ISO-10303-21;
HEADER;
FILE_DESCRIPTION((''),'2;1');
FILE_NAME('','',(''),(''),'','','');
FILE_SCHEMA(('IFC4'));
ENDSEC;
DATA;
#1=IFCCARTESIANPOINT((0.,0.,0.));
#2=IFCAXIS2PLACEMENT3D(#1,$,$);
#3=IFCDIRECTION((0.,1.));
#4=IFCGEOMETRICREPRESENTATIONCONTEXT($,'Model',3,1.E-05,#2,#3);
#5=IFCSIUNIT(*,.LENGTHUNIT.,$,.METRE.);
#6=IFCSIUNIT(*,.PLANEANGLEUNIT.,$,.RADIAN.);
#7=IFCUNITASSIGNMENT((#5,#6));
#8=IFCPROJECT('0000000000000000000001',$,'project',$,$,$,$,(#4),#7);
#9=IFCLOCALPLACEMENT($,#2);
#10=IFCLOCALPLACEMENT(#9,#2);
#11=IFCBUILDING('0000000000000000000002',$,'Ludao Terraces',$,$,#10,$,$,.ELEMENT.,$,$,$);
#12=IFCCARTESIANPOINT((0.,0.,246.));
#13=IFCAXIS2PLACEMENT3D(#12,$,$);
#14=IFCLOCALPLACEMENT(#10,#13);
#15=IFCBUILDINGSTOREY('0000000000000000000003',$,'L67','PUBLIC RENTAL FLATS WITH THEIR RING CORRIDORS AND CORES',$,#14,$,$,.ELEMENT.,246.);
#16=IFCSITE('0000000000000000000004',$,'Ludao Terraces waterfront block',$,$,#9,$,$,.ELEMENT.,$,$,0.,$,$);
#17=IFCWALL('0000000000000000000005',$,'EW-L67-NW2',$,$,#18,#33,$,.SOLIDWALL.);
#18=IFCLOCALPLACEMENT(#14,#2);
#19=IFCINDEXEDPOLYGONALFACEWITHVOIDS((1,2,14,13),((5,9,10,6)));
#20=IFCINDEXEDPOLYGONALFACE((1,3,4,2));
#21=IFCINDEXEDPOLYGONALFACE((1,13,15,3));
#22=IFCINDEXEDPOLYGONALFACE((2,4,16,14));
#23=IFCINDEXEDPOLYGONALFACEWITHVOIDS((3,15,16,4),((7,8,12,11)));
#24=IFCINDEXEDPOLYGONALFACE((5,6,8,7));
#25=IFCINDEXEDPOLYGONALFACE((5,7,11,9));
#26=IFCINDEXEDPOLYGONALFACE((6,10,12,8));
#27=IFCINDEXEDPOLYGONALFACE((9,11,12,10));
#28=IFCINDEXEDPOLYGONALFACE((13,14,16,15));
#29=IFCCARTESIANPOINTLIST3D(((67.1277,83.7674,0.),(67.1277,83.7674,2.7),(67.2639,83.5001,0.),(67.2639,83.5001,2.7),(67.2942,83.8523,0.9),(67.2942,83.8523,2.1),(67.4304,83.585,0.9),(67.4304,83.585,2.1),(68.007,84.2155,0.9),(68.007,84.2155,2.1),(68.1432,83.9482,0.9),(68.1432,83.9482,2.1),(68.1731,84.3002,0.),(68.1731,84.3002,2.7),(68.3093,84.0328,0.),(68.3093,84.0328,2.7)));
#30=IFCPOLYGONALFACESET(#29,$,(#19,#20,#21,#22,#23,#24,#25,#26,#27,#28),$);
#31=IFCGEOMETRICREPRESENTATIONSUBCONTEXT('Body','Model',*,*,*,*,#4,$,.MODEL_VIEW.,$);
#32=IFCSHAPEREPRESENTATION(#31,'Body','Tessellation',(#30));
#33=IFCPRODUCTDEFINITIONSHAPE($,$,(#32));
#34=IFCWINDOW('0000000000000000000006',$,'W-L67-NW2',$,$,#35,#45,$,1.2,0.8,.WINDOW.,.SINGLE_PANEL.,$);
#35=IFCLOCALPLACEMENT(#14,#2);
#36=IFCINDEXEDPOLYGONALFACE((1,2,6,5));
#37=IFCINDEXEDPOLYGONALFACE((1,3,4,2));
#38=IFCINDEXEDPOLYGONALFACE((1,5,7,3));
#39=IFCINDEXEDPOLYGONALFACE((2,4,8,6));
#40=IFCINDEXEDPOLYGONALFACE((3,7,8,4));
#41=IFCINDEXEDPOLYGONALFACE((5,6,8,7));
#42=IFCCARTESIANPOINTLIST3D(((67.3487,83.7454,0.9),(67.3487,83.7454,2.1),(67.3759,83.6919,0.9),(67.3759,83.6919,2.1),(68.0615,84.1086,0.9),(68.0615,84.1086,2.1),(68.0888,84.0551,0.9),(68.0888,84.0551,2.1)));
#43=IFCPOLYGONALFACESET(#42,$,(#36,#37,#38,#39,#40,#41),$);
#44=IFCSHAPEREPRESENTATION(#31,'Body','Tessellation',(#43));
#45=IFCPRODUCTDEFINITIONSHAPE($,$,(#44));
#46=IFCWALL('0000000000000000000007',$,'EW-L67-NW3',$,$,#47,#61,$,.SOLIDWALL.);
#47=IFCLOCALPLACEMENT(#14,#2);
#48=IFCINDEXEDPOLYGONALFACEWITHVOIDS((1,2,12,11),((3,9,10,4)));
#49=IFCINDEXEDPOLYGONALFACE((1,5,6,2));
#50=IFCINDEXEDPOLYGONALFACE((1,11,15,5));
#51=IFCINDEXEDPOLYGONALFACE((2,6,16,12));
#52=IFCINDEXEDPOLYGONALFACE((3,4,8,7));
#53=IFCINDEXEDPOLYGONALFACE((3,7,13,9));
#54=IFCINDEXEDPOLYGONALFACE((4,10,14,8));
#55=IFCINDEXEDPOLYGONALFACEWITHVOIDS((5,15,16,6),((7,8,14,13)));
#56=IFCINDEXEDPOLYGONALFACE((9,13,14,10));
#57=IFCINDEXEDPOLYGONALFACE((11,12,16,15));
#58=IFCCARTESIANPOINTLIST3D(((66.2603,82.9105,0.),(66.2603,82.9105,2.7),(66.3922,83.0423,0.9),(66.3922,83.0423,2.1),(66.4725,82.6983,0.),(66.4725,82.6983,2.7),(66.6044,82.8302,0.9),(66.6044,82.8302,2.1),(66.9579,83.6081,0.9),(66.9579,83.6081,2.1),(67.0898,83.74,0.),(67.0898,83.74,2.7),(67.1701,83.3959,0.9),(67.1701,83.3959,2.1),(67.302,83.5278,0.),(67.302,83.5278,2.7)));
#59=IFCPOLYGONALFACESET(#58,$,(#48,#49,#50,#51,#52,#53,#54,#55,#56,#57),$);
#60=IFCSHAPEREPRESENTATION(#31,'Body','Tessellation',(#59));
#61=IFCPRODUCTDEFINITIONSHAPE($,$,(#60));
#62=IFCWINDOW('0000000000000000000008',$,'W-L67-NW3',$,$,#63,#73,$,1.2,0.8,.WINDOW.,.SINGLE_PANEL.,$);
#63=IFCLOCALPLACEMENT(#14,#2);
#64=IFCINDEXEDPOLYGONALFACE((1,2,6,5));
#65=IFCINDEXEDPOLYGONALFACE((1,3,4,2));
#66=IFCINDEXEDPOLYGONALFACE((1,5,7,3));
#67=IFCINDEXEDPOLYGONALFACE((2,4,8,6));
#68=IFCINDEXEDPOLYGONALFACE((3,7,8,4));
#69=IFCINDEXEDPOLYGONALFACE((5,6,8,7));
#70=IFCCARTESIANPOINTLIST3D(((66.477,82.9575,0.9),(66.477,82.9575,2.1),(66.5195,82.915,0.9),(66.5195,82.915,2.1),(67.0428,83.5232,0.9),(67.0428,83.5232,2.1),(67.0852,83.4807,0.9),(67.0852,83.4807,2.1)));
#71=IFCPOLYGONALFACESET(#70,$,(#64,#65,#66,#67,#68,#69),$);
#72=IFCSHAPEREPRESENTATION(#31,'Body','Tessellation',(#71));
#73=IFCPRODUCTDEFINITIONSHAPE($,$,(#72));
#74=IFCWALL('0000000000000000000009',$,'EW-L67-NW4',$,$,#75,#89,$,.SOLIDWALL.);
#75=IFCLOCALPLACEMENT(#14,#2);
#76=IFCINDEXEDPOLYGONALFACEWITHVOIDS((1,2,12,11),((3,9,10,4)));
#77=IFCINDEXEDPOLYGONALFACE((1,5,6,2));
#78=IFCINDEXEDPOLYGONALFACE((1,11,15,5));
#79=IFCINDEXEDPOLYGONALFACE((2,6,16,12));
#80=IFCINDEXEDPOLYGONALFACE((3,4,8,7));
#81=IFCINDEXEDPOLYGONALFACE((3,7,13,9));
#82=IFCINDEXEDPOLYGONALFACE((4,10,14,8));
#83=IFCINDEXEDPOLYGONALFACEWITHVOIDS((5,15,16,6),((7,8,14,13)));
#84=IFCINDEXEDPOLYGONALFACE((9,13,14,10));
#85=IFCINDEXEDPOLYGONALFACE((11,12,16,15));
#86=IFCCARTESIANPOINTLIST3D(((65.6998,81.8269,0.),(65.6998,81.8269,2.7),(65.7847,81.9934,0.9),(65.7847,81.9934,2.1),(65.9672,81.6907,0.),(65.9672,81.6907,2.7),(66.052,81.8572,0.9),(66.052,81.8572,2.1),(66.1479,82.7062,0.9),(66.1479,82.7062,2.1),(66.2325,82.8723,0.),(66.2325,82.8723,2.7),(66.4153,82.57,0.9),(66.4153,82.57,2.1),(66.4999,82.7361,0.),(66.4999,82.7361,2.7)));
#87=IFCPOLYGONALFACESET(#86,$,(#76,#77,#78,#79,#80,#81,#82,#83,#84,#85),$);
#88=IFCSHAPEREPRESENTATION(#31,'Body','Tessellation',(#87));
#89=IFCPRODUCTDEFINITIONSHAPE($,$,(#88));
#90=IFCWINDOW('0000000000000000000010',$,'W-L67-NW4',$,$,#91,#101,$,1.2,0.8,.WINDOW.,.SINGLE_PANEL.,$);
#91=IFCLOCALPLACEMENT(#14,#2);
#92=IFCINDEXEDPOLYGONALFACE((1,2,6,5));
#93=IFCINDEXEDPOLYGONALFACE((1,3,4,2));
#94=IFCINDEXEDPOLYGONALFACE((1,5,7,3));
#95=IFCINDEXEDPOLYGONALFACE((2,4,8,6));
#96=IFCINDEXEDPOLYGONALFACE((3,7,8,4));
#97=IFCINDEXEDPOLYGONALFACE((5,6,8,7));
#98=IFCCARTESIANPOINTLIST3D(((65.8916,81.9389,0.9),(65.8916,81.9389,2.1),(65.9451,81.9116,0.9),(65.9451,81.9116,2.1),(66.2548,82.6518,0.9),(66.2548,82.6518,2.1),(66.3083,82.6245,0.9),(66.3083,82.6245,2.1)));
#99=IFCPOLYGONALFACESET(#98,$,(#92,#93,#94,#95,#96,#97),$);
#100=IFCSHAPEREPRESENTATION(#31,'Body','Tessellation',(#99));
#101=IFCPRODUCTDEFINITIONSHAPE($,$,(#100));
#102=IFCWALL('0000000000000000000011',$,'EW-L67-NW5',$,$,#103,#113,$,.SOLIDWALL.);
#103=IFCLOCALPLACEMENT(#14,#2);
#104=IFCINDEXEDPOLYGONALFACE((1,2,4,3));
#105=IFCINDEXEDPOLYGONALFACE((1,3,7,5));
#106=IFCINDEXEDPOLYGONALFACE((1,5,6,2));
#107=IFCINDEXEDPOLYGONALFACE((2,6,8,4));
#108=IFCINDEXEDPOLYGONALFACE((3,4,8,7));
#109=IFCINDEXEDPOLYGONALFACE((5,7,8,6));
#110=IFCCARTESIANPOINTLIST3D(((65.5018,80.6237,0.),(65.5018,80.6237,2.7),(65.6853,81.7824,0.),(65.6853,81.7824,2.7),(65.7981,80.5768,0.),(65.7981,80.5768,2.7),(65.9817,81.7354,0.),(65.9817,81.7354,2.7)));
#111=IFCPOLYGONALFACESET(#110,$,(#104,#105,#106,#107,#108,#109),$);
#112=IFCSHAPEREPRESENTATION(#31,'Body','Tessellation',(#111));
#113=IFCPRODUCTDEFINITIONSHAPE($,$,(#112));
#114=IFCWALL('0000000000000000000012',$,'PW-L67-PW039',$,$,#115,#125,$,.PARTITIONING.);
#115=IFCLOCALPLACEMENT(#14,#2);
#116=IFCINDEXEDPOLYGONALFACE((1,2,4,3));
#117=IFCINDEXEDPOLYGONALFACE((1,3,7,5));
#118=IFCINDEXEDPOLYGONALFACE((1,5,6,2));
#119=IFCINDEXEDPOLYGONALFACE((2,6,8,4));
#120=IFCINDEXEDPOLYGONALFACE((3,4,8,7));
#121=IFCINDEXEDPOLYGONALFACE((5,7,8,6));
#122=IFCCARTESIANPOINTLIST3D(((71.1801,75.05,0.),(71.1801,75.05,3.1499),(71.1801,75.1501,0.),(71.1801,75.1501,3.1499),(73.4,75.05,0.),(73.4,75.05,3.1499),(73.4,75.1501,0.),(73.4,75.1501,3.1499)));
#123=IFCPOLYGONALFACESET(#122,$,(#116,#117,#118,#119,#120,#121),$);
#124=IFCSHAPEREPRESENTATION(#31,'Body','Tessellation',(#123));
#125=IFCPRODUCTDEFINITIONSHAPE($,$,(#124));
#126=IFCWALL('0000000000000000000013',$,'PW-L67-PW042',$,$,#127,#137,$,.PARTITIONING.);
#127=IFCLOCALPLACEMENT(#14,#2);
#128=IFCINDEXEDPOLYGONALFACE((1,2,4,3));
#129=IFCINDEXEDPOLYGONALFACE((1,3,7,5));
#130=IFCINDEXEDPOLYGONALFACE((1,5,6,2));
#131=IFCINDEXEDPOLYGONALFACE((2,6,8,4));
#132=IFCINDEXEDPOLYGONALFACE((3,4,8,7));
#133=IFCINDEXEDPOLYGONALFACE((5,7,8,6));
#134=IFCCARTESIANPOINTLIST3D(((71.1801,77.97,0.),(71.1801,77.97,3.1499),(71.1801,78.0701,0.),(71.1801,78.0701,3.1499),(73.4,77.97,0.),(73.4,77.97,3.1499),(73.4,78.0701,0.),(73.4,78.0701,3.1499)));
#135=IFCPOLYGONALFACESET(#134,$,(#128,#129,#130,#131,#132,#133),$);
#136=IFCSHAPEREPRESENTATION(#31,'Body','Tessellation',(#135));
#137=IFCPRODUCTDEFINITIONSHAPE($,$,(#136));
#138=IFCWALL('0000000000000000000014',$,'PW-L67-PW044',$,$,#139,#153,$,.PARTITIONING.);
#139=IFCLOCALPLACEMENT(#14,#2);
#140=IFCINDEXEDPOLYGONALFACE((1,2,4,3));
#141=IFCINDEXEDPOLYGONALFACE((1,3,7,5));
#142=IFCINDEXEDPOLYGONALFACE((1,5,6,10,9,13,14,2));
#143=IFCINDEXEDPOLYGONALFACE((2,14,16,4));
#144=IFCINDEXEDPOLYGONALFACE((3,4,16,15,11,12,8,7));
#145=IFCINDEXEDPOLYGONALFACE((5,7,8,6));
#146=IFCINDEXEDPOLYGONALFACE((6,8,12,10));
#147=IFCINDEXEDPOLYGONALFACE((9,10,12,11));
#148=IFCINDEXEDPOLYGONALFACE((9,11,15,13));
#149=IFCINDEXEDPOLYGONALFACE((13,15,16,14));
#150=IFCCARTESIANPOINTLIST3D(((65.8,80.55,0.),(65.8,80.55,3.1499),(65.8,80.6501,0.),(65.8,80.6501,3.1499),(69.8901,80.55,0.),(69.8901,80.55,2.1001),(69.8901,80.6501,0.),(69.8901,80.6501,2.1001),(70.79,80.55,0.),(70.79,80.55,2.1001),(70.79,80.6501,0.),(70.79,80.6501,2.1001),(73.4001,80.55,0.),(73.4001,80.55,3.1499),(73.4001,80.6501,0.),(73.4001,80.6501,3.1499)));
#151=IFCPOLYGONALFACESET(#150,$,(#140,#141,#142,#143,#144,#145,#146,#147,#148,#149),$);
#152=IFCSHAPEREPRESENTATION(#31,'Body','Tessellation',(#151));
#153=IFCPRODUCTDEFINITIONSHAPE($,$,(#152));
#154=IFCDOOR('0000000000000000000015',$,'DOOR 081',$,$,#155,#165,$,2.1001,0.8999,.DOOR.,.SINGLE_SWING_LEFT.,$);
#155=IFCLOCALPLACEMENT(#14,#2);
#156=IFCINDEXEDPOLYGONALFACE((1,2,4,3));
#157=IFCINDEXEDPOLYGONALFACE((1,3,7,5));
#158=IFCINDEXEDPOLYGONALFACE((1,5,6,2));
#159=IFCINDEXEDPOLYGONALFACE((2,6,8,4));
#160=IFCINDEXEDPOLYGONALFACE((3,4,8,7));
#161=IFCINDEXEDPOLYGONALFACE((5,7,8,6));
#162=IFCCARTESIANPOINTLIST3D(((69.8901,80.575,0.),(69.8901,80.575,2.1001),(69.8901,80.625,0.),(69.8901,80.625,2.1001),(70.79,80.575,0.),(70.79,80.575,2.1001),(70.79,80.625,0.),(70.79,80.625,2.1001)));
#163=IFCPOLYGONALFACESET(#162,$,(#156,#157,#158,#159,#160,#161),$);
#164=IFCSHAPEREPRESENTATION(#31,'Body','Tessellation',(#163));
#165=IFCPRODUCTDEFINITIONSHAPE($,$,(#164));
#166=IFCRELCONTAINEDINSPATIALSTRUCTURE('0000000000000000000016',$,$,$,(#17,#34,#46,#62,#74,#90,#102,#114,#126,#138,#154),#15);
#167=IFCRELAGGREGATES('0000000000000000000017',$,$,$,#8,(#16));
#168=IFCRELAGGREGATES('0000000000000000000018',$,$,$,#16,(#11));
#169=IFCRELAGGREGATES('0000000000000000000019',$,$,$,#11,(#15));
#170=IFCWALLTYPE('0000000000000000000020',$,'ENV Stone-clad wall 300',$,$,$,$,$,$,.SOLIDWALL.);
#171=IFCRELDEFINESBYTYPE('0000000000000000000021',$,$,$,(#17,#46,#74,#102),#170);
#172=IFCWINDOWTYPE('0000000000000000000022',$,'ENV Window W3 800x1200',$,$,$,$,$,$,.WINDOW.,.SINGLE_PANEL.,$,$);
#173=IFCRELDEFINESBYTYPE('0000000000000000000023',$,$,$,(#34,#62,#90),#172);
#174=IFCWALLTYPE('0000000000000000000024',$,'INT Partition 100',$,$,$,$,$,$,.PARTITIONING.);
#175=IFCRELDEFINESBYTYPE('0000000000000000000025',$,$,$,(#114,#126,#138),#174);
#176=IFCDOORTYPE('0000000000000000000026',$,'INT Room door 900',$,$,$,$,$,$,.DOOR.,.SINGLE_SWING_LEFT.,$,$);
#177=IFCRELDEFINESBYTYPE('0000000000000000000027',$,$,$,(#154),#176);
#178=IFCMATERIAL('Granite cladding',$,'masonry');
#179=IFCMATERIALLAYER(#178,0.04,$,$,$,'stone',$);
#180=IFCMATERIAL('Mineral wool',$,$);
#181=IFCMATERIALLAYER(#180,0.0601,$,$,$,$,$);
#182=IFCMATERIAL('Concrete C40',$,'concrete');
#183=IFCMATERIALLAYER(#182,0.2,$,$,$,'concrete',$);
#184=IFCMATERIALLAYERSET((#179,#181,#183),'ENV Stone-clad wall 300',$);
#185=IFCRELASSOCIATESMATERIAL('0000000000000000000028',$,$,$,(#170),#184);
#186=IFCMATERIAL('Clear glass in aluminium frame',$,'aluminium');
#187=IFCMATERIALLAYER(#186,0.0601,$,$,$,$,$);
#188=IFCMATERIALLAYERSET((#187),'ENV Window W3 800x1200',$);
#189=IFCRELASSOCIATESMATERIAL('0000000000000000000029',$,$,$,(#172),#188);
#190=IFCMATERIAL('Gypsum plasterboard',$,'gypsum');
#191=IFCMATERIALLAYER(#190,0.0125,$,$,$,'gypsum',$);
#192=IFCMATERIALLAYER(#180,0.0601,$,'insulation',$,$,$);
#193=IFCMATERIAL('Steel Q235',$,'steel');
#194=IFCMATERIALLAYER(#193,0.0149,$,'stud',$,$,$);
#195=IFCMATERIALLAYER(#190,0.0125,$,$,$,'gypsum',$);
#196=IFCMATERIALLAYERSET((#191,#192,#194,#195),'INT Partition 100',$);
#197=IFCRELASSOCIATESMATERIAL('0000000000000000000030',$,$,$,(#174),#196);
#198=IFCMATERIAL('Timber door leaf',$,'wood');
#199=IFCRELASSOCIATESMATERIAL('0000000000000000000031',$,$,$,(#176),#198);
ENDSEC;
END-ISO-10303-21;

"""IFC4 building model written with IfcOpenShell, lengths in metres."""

from ifc_helpers import new_model, si_unit, direction, frame, frame_2d, origin, place, context, subcontext, project, spatial, rectangle, extrude, material, layer, layer_set, type_object, element, fill, save


model = new_model("IFC4")

# Units and contexts
model_context = context("Model", 3, precision=1e-05, world=origin(), true_north=direction((0.0, 1.0)))
body_context = subcontext(model_context, "Body", "Model", "MODEL_VIEW")
ifc_project = project(units=[si_unit("LENGTHUNIT", "METRE"), si_unit("PLANEANGLEUNIT", "RADIAN")], contexts=[model_context])

# Site, building, storey
site_placement = place(None, origin())
site = spatial("IfcSite", under=ifc_project, at=site_placement, Name="Ludao Terraces waterfront block", CompositionType="ELEMENT", RefElevation=0.0)
building_placement = place(site_placement, origin())
building = spatial("IfcBuilding", under=site, at=building_placement, Name="Ludao Terraces", CompositionType="ELEMENT")
storey_placement = place(building_placement, frame((0.0, 0.0, 246.0)))
storey = spatial("IfcBuildingStorey", under=building, at=storey_placement, Name="L67", Description="PUBLIC RENTAL FLATS WITH THEIR RING CORRIDORS AND CORES", CompositionType="ELEMENT", Elevation=246.0)

# Shared definitions
ifc_material_1 = material(Name="Concrete C40", Category="concrete")

# Shared definitions
ifc_material_2 = material(Name="Granite cladding", Category="masonry")
ifc_layer_1 = layer(ifc_material_2, 0.04, Category="stone")
ifc_material_3 = material(Name="Mineral wool")
ifc_layer_2 = layer(ifc_material_3, 0.0601)
ifc_layer_3 = layer(ifc_material_1, 0.2, Category="concrete")
ifc_layer_set_1 = layer_set([ifc_layer_1, ifc_layer_2, ifc_layer_3], Name="ENV Stone-clad wall 300")
wall_type_1 = type_object("IfcWallType", Name="ENV Stone-clad wall 300", PredefinedType="SOLIDWALL", material=ifc_layer_set_1)
ifc_material_4 = material(Name="Clear glass in aluminium frame", Category="aluminium")

# Walls, openings, windows
wall_1_placement = place(storey_placement, frame((68.2412, 84.1665, 0.0), z_axis=(0.0, 0.0, 1.0), x_axis=(-0.890989, -0.454026, 0.0)))
wall_1 = element("IfcWall", 1, at=wall_1_placement, inside=storey, type_object=wall_type_1, Name="EW-L67-NW2", PredefinedType="SOLIDWALL", context=body_context, shape_type="SweptSolid", body=[
    extrude(rectangle(XDim=1.1733, YDim=0.3, at=frame_2d((0.5867, 0.0))), origin(), (0.0, 0.0, 1.0), 2.7),
])
opening_1_placement = place(wall_1_placement, frame((0.1865, 0.0, 0.8999)))
opening_1 = element("IfcOpeningElement", 2, at=opening_1_placement, cuts=wall_1, PredefinedType="OPENING", context=body_context, shape_type="SweptSolid", body=[
    extrude(rectangle(XDim=0.8, YDim=1.2, at=frame_2d((0.3999, 0.6001))), frame((0.0, 0.1602, 0.0), z_axis=(0.0, -1.0, 0.0), x_axis=(1.0, 0.0, 0.0)), (0.0, 0.0, 1.0), 0.3201),
])
ifc_layer_4 = layer(ifc_material_4, 0.0601)
ifc_layer_set_2 = layer_set([ifc_layer_4], Name="ENV Window W3 800x1200")
window_type_1 = type_object("IfcWindowType", Name="ENV Window W3 800x1200", PartitioningType="SINGLE_PANEL", PredefinedType="WINDOW", material=ifc_layer_set_2)
window_1_placement = place(opening_1_placement, origin())
window_1 = element("IfcWindow", 3, at=window_1_placement, inside=storey, type_object=window_type_1, Name="W-L67-NW2", OverallHeight=1.2, OverallWidth=0.8, PartitioningType="SINGLE_PANEL", PredefinedType="WINDOW", context=body_context, shape_type="SweptSolid", body=[
    extrude(rectangle(XDim=0.8, YDim=1.2, at=frame_2d((0.3999, 0.6001))), frame((0.0, 0.03, 0.0), z_axis=(0.0, -1.0, 0.0), x_axis=(1.0, 0.0, 0.0)), (0.0, 0.0, 1.0), 0.0601),
])
fill(opening_1, window_1)
wall_2_placement = place(storey_placement, frame((67.1958, 83.6338, 0.0), z_axis=(0.0, 0.0, 1.0), x_axis=(-0.707107, -0.707107, 0.0)))
wall_2 = element("IfcWall", 4, at=wall_2_placement, inside=storey, type_object=wall_type_1, Name="EW-L67-NW3", PredefinedType="SOLIDWALL", context=body_context, shape_type="SweptSolid", body=[
    extrude(rectangle(XDim=1.1731, YDim=0.3, at=frame_2d((0.5864, 0.0))), origin(), (0.0, 0.0, 1.0), 2.7),
])
opening_2_placement = place(wall_2_placement, frame((0.1865, 0.0, 0.8999)))
opening_2 = element("IfcOpeningElement", 5, at=opening_2_placement, cuts=wall_2, PredefinedType="OPENING", context=body_context, shape_type="SweptSolid", body=[
    extrude(rectangle(XDim=0.8, YDim=1.2, at=frame_2d((0.3999, 0.6001))), frame((0.0, 0.1602, 0.0), z_axis=(0.0, -1.0, 0.0), x_axis=(1.0, 0.0, 0.0)), (0.0, 0.0, 1.0), 0.3201),
])
window_2_placement = place(opening_2_placement, origin())
window_2 = element("IfcWindow", 6, at=window_2_placement, inside=storey, type_object=window_type_1, Name="W-L67-NW3", OverallHeight=1.2, OverallWidth=0.8, PartitioningType="SINGLE_PANEL", PredefinedType="WINDOW", context=body_context, shape_type="SweptSolid", body=[
    extrude(rectangle(XDim=0.8, YDim=1.2, at=frame_2d((0.3999, 0.6001))), frame((0.0, 0.03, 0.0), z_axis=(0.0, -1.0, 0.0), x_axis=(1.0, 0.0, 0.0)), (0.0, 0.0, 1.0), 0.0601),
])
fill(opening_2, window_2)
wall_3_placement = place(storey_placement, frame((66.3662, 82.8042, 0.0), z_axis=(0.0, 0.0, 1.0), x_axis=(-0.454026, -0.890989, 0.0)))
wall_3 = element("IfcWall", 7, at=wall_3_placement, inside=storey, type_object=wall_type_1, Name="EW-L67-NW4", PredefinedType="SOLIDWALL", context=body_context, shape_type="SweptSolid", body=[
    extrude(rectangle(XDim=1.1733, YDim=0.3, at=frame_2d((0.5867, 0.0))), origin(), (0.0, 0.0, 1.0), 2.7),
])
opening_3_placement = place(wall_3_placement, frame((0.1865, 0.0, 0.8999)))
opening_3 = element("IfcOpeningElement", 8, at=opening_3_placement, cuts=wall_3, PredefinedType="OPENING", context=body_context, shape_type="SweptSolid", body=[
    extrude(rectangle(XDim=0.8, YDim=1.2, at=frame_2d((0.3999, 0.6001))), frame((0.0, 0.1602, 0.0), z_axis=(0.0, -1.0, 0.0), x_axis=(1.0, 0.0, 0.0)), (0.0, 0.0, 1.0), 0.3201),
])
window_3_placement = place(opening_3_placement, origin())
window_3 = element("IfcWindow", 9, at=window_3_placement, inside=storey, type_object=window_type_1, Name="W-L67-NW4", OverallHeight=1.2, OverallWidth=0.8, PartitioningType="SINGLE_PANEL", PredefinedType="WINDOW", context=body_context, shape_type="SweptSolid", body=[
    extrude(rectangle(XDim=0.8, YDim=1.2, at=frame_2d((0.3999, 0.6001))), frame((0.0, 0.03, 0.0), z_axis=(0.0, -1.0, 0.0), x_axis=(1.0, 0.0, 0.0)), (0.0, 0.0, 1.0), 0.0601),
])
fill(opening_3, window_3)

# Walls
wall_4_placement = place(storey_placement, frame((65.8335, 81.7588, 0.0), z_axis=(0.0, 0.0, 1.0), x_axis=(-0.156497, -0.987678, 0.0)))
element("IfcWall", 10, at=wall_4_placement, inside=storey, type_object=wall_type_1, Name="EW-L67-NW5", PredefinedType="SOLIDWALL", context=body_context, shape_type="SweptSolid", body=[
    extrude(rectangle(XDim=1.1731, YDim=0.3, at=frame_2d((0.5864, 0.0))), origin(), (0.0, 0.0, 1.0), 2.7),
])
ifc_material_5 = material(Name="Gypsum plasterboard", Category="gypsum")
ifc_layer_5 = layer(ifc_material_5, 0.0125, Category="gypsum")
ifc_layer_6 = layer(ifc_material_3, 0.0601, Name="insulation")
ifc_material_6 = material(Name="Steel Q235", Category="steel")
ifc_layer_7 = layer(ifc_material_6, 0.0149, Name="stud")
ifc_layer_8 = layer(ifc_material_5, 0.0125, Category="gypsum")
ifc_layer_set_3 = layer_set([ifc_layer_5, ifc_layer_6, ifc_layer_7, ifc_layer_8], Name="INT Partition 100")
wall_type_2 = type_object("IfcWallType", Name="INT Partition 100", PredefinedType="PARTITIONING", material=ifc_layer_set_3)
for number, where, z_axis, x_axis, name in (
    (11, (71.1802, 75.1001, 0.0), (0.0, 0.0, 1.0), (1.0, 0.0, 0.0), "PW-L67-PW039"),
    (12, (71.1802, 78.02, 0.0), (0.0, 0.0, 1.0), (1.0, 0.0, 0.0), "PW-L67-PW042"),
):
    element("IfcWall", number, at=place(storey_placement, frame(where, z_axis=z_axis, x_axis=x_axis)), inside=storey, type_object=wall_type_2, Name=name, PredefinedType="PARTITIONING", context=body_context, shape_type="SweptSolid", body=[
        extrude(rectangle(XDim=2.22, YDim=0.1001, at=frame_2d((1.1099, 0.0))), origin(), (0.0, 0.0, 1.0), 3.1499),
    ])

# Wall, opening, door
wall_5_placement = place(storey_placement, frame((65.8, 80.6001, 0.0), z_axis=(0.0, 0.0, 1.0), x_axis=(1.0, 0.0, 0.0)))
wall_5 = element("IfcWall", 13, at=wall_5_placement, inside=storey, type_object=wall_type_2, Name="PW-L67-PW044", PredefinedType="PARTITIONING", context=body_context, shape_type="SweptSolid", body=[
    extrude(rectangle(XDim=7.6001, YDim=0.1001, at=frame_2d((3.8, 0.0))), origin(), (0.0, 0.0, 1.0), 3.1499),
])
opening_4_placement = place(wall_5_placement, frame((4.0901, 0.0, 0.0)))
opening_4 = element("IfcOpeningElement", 14, at=opening_4_placement, cuts=wall_5, PredefinedType="OPENING", context=body_context, shape_type="SweptSolid", body=[
    extrude(rectangle(XDim=0.8999, YDim=2.1001, at=frame_2d((0.45, 1.05))), frame((0.0, 0.0601, 0.0), z_axis=(0.0, -1.0, 0.0), x_axis=(1.0, 0.0, 0.0)), (0.0, 0.0, 1.0), 0.1201),
])
ifc_material_7 = material(Name="Timber door leaf", Category="wood")
door_type_1 = type_object("IfcDoorType", Name="INT Room door 900", OperationType="SINGLE_SWING_LEFT", PredefinedType="DOOR", material=ifc_material_7)
door_1_placement = place(opening_4_placement, origin())
door_1 = element("IfcDoor", 15, at=door_1_placement, inside=storey, type_object=door_type_1, Name="DOOR 081", OperationType="SINGLE_SWING_LEFT", OverallHeight=2.1001, OverallWidth=0.8999, PredefinedType="DOOR", context=body_context, shape_type="SweptSolid", body=[
    extrude(rectangle(XDim=0.8999, YDim=2.1001, at=frame_2d((0.45, 1.05))), frame((0.0, 0.0249, 0.0), z_axis=(0.0, -1.0, 0.0), x_axis=(1.0, 0.0, 0.0)), (0.0, 0.0, 1.0), 0.05),
])
fill(opening_4, door_1)

save(model, "model.ifc")
